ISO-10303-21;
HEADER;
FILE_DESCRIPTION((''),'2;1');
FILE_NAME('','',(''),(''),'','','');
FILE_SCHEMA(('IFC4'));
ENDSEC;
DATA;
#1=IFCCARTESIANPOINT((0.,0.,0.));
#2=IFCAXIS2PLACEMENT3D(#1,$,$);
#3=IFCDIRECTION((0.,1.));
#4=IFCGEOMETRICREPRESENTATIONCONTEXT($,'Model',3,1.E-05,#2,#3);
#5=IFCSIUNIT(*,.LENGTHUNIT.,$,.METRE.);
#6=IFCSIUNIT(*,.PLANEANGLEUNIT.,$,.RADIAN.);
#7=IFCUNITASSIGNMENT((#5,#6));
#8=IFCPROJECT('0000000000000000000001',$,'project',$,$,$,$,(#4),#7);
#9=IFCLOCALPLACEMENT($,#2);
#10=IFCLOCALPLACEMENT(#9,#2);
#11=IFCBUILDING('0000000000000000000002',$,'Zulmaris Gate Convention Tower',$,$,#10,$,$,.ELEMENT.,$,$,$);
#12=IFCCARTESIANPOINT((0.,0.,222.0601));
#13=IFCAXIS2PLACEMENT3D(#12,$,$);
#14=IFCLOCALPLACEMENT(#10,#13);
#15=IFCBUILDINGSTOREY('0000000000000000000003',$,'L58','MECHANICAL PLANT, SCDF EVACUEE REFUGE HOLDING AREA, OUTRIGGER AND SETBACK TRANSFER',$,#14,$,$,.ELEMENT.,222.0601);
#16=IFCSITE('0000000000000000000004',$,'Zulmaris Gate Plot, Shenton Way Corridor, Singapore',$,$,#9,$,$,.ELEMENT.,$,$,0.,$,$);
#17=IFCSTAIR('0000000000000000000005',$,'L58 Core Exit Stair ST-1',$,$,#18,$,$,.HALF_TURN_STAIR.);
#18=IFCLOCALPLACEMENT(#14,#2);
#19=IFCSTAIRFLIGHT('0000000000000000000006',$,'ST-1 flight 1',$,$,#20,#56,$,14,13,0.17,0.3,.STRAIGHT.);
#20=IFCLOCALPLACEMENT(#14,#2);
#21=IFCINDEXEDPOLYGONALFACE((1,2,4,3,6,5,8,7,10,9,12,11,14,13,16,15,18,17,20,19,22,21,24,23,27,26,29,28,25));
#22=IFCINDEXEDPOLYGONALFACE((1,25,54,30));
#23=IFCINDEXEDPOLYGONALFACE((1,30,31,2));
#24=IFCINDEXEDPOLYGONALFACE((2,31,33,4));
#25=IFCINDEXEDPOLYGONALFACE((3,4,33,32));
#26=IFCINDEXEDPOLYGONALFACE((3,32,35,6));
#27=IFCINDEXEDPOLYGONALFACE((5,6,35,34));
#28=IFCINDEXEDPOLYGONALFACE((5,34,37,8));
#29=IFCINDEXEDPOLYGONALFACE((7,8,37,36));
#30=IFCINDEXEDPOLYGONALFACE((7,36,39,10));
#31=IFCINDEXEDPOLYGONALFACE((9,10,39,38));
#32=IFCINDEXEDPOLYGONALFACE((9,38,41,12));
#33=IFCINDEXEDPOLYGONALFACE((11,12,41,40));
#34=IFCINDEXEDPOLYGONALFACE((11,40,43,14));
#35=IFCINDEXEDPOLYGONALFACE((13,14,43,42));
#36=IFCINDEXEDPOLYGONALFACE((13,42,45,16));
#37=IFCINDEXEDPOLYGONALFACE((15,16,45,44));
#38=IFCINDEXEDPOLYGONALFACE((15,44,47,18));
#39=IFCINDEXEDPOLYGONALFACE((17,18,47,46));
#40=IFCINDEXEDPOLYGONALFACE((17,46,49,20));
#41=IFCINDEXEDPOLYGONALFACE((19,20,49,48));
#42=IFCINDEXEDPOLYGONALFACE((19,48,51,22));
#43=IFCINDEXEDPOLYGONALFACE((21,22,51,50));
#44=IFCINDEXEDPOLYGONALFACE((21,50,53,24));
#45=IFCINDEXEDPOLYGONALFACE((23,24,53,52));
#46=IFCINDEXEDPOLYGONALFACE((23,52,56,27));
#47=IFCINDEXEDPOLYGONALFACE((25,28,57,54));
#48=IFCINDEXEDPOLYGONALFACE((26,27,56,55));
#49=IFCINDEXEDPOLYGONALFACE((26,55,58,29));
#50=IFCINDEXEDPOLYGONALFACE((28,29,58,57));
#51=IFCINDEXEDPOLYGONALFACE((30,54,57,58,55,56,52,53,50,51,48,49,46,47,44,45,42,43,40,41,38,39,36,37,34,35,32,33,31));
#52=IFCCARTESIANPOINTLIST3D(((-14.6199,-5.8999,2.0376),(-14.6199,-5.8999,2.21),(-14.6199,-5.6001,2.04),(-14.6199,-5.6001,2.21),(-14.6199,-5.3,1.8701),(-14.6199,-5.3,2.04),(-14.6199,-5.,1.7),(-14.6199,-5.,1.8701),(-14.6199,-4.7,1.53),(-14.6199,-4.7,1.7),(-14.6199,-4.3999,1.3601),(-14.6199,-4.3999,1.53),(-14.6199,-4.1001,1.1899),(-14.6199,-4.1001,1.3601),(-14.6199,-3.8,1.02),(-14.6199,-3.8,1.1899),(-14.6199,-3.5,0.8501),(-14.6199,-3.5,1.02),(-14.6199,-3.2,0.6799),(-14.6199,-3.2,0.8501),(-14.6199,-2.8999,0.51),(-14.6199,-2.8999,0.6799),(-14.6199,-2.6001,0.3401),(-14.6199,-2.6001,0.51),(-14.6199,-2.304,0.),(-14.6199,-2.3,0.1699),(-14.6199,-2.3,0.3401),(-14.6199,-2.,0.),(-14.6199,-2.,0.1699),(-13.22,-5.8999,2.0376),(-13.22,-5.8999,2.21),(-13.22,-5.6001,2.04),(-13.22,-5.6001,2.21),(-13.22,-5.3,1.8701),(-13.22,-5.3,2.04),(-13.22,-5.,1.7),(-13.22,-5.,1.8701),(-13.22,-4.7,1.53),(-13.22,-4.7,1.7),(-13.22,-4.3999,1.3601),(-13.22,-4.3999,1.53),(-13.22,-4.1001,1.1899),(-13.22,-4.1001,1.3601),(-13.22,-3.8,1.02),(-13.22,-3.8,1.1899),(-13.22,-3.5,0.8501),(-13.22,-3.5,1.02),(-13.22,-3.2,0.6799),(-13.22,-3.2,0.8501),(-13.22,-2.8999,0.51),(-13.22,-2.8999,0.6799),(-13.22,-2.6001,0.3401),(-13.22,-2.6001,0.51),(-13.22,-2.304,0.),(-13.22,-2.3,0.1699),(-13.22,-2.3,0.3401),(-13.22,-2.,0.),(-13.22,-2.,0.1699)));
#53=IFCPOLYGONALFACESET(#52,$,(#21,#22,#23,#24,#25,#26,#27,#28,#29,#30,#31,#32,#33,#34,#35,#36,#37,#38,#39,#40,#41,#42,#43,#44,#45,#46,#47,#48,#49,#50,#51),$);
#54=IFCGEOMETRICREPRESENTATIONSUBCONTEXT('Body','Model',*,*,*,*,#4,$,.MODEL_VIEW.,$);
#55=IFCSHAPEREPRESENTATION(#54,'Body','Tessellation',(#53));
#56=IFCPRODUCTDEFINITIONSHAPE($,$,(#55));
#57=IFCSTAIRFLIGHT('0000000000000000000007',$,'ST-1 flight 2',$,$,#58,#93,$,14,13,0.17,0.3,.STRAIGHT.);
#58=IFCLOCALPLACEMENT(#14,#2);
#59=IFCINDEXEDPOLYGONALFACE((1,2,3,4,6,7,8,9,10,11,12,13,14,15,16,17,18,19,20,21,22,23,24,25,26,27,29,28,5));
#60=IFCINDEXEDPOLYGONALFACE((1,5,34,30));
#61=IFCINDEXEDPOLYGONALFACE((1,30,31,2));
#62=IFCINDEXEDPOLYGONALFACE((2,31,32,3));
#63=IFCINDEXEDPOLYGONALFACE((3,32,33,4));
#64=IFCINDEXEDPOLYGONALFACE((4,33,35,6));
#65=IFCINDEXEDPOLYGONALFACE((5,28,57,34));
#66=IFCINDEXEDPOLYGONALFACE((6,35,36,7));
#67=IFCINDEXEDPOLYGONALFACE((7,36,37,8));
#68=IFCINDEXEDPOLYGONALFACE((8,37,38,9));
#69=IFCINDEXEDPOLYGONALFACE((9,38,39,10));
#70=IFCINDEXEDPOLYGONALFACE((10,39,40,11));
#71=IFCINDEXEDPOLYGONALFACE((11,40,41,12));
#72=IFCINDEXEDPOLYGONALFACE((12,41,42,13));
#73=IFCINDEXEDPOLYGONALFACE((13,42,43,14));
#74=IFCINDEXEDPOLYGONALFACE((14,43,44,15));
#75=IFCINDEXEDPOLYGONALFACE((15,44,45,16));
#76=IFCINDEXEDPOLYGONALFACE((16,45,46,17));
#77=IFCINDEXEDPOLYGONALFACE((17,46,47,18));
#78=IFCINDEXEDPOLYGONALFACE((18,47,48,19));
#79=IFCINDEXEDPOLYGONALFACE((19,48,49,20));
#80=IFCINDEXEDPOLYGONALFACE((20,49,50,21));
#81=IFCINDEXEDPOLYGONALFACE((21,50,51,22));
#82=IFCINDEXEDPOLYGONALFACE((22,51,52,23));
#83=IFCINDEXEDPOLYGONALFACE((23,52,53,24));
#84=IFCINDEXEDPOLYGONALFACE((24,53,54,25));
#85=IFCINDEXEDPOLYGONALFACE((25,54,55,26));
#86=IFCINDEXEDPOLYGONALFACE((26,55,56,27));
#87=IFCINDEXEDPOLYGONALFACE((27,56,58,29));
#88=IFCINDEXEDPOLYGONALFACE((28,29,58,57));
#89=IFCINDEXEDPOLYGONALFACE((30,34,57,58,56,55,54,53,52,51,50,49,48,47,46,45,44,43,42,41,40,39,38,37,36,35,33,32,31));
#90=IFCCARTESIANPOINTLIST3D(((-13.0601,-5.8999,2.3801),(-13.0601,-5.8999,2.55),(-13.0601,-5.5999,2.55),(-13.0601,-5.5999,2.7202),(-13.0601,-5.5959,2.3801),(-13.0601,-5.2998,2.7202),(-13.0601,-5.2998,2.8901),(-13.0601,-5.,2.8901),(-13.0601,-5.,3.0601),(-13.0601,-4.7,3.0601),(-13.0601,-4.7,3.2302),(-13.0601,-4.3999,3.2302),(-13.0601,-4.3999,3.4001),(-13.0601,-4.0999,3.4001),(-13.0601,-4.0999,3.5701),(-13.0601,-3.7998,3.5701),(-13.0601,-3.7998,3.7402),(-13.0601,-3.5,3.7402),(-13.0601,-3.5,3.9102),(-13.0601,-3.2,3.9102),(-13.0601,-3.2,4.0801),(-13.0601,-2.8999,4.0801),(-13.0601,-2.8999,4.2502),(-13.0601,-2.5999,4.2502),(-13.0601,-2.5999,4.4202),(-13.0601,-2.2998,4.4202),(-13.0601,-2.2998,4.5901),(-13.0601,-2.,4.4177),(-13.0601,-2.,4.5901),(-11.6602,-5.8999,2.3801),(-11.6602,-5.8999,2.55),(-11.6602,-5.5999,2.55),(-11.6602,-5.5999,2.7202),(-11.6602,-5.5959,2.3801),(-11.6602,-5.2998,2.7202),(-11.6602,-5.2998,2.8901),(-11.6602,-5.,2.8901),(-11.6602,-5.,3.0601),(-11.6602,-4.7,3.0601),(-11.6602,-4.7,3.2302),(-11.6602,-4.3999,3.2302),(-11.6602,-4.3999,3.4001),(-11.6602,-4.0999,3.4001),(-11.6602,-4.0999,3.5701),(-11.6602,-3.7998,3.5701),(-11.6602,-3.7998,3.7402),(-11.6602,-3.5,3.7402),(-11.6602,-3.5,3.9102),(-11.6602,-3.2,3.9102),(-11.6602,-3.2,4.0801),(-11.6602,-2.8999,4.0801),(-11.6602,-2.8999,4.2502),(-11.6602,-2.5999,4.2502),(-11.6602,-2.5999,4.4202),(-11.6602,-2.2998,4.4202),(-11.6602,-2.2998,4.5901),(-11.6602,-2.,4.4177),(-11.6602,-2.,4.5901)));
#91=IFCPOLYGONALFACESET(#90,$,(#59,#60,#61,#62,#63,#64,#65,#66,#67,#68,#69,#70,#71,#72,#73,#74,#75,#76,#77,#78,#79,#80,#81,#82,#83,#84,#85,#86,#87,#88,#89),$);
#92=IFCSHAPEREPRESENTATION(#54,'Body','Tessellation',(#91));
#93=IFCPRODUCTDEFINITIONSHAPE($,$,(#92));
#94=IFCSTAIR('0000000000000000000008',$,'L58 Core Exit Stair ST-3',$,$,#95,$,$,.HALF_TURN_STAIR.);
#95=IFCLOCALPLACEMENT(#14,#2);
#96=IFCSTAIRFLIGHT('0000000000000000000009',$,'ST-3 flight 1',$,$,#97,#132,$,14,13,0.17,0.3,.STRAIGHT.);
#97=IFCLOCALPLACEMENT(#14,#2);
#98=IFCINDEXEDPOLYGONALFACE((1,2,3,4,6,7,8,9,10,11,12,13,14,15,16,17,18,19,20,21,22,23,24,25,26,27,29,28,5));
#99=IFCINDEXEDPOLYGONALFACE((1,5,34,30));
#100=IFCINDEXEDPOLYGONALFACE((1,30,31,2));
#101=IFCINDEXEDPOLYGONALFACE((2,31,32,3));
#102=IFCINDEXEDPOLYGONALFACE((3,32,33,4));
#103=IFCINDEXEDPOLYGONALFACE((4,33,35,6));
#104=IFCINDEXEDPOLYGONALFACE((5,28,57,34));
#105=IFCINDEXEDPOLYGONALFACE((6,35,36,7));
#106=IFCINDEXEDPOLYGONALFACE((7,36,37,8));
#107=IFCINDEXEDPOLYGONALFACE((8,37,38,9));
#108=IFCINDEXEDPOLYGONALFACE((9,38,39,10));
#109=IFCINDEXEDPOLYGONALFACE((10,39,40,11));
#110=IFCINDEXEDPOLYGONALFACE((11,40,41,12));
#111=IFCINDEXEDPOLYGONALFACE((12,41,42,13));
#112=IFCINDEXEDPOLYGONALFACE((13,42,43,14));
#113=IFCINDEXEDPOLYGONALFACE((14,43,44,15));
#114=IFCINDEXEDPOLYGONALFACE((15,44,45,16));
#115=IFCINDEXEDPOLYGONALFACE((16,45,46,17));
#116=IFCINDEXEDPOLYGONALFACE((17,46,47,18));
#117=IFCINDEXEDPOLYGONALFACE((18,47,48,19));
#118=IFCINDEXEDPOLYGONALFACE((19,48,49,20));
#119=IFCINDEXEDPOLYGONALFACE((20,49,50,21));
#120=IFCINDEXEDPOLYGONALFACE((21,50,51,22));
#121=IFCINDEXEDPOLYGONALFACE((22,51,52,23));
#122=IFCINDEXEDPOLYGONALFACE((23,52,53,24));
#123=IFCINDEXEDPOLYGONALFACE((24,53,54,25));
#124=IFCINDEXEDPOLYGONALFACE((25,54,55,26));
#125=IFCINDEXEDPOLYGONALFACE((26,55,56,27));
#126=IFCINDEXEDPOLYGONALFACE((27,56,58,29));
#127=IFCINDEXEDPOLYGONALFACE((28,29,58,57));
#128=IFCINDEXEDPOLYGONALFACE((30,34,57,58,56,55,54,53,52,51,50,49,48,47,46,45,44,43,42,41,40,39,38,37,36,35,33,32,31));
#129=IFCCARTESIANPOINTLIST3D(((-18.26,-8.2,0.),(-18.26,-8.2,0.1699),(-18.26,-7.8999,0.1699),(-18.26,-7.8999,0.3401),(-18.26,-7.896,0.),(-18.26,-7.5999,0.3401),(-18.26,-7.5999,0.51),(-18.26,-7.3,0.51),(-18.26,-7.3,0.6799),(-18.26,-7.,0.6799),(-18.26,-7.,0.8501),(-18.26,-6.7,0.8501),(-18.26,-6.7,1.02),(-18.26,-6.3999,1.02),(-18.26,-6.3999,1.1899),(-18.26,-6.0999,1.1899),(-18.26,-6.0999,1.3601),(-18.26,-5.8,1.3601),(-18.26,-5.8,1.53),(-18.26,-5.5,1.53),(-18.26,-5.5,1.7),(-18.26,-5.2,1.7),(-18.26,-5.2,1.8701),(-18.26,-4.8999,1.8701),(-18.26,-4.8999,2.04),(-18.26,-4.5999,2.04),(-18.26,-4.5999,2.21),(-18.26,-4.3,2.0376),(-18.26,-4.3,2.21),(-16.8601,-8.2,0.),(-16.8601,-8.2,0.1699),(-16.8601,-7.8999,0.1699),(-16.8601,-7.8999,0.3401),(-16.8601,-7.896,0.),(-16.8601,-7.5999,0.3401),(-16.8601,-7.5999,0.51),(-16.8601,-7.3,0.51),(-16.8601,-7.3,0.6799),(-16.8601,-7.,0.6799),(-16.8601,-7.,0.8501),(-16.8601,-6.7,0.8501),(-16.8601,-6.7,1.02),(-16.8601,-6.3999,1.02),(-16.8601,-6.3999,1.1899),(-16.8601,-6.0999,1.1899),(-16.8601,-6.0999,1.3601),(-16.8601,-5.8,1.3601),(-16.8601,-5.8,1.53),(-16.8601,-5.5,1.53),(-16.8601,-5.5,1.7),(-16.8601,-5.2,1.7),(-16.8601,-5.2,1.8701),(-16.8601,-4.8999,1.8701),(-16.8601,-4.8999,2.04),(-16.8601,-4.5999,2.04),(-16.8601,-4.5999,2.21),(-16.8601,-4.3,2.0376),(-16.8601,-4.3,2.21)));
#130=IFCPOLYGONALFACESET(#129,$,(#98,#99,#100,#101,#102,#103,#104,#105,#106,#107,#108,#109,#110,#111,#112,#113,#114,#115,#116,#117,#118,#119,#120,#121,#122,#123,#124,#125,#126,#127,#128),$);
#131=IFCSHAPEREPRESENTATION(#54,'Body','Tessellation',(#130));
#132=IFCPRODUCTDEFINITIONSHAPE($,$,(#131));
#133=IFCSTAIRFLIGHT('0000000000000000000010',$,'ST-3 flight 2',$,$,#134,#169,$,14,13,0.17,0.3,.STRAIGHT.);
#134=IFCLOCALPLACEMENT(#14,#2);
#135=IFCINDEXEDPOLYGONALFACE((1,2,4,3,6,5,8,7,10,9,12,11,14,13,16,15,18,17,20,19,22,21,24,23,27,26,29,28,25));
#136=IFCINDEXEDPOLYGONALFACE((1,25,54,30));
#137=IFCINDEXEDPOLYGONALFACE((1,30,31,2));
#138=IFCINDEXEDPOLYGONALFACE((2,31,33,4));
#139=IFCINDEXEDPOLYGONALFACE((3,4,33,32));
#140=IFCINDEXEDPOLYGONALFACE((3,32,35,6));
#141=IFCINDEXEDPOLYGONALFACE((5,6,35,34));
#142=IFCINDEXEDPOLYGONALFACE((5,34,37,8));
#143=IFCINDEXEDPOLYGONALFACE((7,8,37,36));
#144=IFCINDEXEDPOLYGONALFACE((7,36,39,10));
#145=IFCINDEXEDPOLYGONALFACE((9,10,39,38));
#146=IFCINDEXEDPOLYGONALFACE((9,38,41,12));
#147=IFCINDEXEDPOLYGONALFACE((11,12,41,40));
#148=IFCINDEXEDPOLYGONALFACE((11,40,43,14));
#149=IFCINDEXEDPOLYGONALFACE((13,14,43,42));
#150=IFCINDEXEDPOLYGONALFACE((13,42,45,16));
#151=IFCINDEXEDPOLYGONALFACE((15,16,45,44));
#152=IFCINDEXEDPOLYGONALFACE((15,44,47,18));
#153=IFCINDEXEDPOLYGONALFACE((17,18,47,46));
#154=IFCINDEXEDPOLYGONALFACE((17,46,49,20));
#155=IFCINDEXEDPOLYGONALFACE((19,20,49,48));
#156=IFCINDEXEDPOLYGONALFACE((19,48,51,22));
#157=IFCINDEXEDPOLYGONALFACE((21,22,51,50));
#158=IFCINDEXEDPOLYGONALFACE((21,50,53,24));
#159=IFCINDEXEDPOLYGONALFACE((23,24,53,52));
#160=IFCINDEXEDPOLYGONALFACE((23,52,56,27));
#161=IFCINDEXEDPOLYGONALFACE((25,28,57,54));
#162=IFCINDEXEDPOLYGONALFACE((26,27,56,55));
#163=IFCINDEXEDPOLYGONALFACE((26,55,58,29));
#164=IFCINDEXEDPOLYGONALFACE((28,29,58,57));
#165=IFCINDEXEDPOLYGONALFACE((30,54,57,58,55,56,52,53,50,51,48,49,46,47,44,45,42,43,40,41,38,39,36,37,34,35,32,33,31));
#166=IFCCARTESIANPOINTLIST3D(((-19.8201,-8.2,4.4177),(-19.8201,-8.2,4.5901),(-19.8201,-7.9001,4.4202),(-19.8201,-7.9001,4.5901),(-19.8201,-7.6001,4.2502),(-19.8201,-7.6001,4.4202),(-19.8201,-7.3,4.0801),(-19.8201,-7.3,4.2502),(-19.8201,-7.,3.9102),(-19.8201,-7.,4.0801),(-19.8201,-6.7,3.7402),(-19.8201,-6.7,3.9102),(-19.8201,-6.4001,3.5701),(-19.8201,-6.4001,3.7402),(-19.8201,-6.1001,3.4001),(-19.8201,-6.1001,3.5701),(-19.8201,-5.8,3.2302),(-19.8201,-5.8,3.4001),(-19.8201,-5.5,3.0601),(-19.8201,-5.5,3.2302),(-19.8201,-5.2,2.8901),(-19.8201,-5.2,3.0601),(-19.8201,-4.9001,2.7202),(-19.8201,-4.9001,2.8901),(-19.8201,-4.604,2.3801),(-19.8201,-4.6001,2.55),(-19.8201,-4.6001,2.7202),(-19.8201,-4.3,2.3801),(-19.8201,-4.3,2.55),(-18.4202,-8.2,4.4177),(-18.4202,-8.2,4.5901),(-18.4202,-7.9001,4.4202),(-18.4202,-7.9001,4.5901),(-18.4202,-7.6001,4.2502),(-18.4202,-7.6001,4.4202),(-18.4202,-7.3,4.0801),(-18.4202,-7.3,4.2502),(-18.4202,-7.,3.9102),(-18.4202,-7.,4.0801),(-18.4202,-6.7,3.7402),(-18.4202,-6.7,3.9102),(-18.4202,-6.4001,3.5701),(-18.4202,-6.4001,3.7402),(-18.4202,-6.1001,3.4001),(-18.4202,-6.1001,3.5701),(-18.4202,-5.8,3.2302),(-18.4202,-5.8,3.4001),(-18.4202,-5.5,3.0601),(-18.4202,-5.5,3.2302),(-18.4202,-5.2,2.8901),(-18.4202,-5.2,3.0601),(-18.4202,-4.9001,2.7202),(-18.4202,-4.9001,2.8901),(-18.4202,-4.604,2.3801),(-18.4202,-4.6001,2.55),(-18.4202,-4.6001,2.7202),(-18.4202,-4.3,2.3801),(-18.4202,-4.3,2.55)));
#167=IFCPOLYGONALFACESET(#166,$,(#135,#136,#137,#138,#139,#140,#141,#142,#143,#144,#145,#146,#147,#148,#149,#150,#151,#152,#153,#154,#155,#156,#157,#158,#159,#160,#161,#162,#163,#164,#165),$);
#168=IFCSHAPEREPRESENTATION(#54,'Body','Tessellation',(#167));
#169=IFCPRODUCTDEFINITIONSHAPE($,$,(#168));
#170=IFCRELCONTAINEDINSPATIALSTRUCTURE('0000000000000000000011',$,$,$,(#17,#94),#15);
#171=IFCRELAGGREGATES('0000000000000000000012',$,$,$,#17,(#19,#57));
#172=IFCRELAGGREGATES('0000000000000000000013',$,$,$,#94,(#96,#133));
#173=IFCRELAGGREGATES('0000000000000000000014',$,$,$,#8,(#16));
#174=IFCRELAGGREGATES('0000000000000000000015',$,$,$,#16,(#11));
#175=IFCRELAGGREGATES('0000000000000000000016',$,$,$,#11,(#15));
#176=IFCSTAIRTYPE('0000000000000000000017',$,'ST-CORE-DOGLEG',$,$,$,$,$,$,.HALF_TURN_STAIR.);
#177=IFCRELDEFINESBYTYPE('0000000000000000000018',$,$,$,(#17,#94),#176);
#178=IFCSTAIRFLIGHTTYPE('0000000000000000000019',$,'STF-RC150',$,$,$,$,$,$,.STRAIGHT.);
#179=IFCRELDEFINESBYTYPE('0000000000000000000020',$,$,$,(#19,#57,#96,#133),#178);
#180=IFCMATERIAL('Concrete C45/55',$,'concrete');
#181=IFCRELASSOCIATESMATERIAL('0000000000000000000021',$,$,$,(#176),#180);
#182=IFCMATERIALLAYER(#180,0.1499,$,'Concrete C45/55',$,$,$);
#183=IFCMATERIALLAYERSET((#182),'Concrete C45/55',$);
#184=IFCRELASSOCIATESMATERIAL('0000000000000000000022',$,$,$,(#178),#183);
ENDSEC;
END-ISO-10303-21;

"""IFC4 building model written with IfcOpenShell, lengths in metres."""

from ifc_helpers import new_model, si_unit, direction, frame, origin, place, context, subcontext, project, spatial, polyline, outline, extrude, material, layer, layer_set, type_object, element, aggregate, save


model = new_model("IFC4")

# Units and contexts
model_context = context("Model", 3, precision=1e-05, world=origin(), true_north=direction((0.0, 1.0)))
body_context = subcontext(model_context, "Body", "Model", "MODEL_VIEW")
ifc_project = project(units=[si_unit("LENGTHUNIT", "METRE"), si_unit("PLANEANGLEUNIT", "RADIAN")], contexts=[model_context])

# Site, building, storey
site_placement = place(None, origin())
site = spatial("IfcSite", under=ifc_project, at=site_placement, Name="Zulmaris Gate Plot, Shenton Way Corridor, Singapore", CompositionType="ELEMENT", RefElevation=0.0)
building_placement = place(site_placement, origin())
building = spatial("IfcBuilding", under=site, at=building_placement, Name="Zulmaris Gate Convention Tower", CompositionType="ELEMENT")
storey_placement = place(building_placement, frame((0.0, 0.0, 222.0601)))
storey = spatial("IfcBuildingStorey", under=building, at=storey_placement, Name="L58", Description="MECHANICAL PLANT, SCDF EVACUEE REFUGE HOLDING AREA, OUTRIGGER AND SETBACK TRANSFER", CompositionType="ELEMENT", Elevation=222.0601)

# Stairs, stair flights
ifc_material_1 = material(Name="Concrete C45/55", Category="concrete")
stair_type = type_object("IfcStairType", Name="ST-CORE-DOGLEG", PredefinedType="HALF_TURN_STAIR", material=ifc_material_1)
stair_1_placement = place(storey_placement, origin())
stair_1 = element("IfcStair", 1, at=stair_1_placement, inside=storey, type_object=stair_type, Name="L58 Core Exit Stair ST-1", PredefinedType="HALF_TURN_STAIR")
ifc_layer_1 = layer(ifc_material_1, 0.1499, Name="Concrete C45/55")
ifc_layer_set_1 = layer_set([ifc_layer_1], Name="Concrete C45/55")
stair_flight_type = type_object("IfcStairFlightType", Name="STF-RC150", PredefinedType="STRAIGHT", material=ifc_layer_set_1)
stair_flight_1_placement = place(storey_placement, frame((-13.9199, -2.0, 0.0), z_axis=(0.0, 0.0, 1.0), x_axis=(0.0, -1.0, 0.0)))
stair_flight_1 = element("IfcStairFlight", 2, at=stair_flight_1_placement, type_object=stair_flight_type, Name="ST-1 flight 1", NumberOfRisers=14, NumberOfTreads=13, PredefinedType="STRAIGHT", RiserHeight=0.17, TreadLength=0.3, context=body_context, shape_type="SweptSolid", body=[
    extrude(outline(polyline([(0.0, 0.0), (0.0, 0.1699), (0.3, 0.1699), (0.3, 0.3401), (0.6001, 0.3401), (0.6001, 0.51), (0.8999, 0.51), (0.8999, 0.6799), (1.2, 0.6799), (1.2, 0.8501), (1.5, 0.8501), (1.5, 1.02), (1.8, 1.02), (1.8, 1.1899), (2.1001, 1.1899), (2.1001, 1.3601), (2.3999, 1.3601), (2.3999, 1.53), (2.7, 1.53), (2.7, 1.7), (3.0, 1.7), (3.0, 1.8701), (3.3, 1.8701), (3.3, 2.04), (3.6001, 2.04), (3.6001, 2.21), (3.8999, 2.21), (3.8999, 2.3799), (3.8999, 2.0376), (0.304, 0.0), (0.0, 0.0)])), frame((0.0, 0.7, 0.0), z_axis=(0.0, -1.0, 0.0), x_axis=(1.0, 0.0, 0.0)), (0.0, 0.0, 1.0), 1.3999),
])
stair_flight_2_placement = place(storey_placement, frame((-12.3601, -5.8999, 2.3801), z_axis=(0.0, 0.0, 1.0), x_axis=(0.0, 1.0, 0.0)))
stair_flight_2 = element("IfcStairFlight", 3, at=stair_flight_2_placement, type_object=stair_flight_type, Name="ST-1 flight 2", NumberOfRisers=14, NumberOfTreads=13, PredefinedType="STRAIGHT", RiserHeight=0.17, TreadLength=0.3, context=body_context, shape_type="SweptSolid", body=[
    extrude(outline(polyline([(0.0, 0.0), (0.0, 0.1699), (0.3, 0.1699), (0.3, 0.3401), (0.6001, 0.3401), (0.6001, 0.51), (0.8999, 0.51), (0.8999, 0.6799), (1.2, 0.6799), (1.2, 0.8501), (1.5, 0.8501), (1.5, 1.02), (1.8, 1.02), (1.8, 1.1899), (2.1001, 1.1899), (2.1001, 1.3601), (2.3999, 1.3601), (2.3999, 1.53), (2.7, 1.53), (2.7, 1.7), (3.0, 1.7), (3.0, 1.8701), (3.3, 1.8701), (3.3, 2.04), (3.6001, 2.04), (3.6001, 2.21), (3.8999, 2.21), (3.8999, 2.3799), (3.8999, 2.0376), (0.304, 0.0), (0.0, 0.0)])), frame((0.0, 0.7, 0.0), z_axis=(0.0, -1.0, 0.0), x_axis=(1.0, 0.0, 0.0)), (0.0, 0.0, 1.0), 1.3999),
])
aggregate(stair_1, [stair_flight_1, stair_flight_2])
stair_2_placement = place(storey_placement, origin())
stair_2 = element("IfcStair", 4, at=stair_2_placement, inside=storey, type_object=stair_type, Name="L58 Core Exit Stair ST-3", PredefinedType="HALF_TURN_STAIR")
stair_flight_3_placement = place(storey_placement, frame((-17.5601, -8.2, 0.0), z_axis=(0.0, 0.0, 1.0), x_axis=(0.0, 1.0, 0.0)))
stair_flight_3 = element("IfcStairFlight", 5, at=stair_flight_3_placement, type_object=stair_flight_type, Name="ST-3 flight 1", NumberOfRisers=14, NumberOfTreads=13, PredefinedType="STRAIGHT", RiserHeight=0.17, TreadLength=0.3, context=body_context, shape_type="SweptSolid", body=[
    extrude(outline(polyline([(0.0, 0.0), (0.0, 0.1699), (0.3, 0.1699), (0.3, 0.3401), (0.6001, 0.3401), (0.6001, 0.51), (0.8999, 0.51), (0.8999, 0.6799), (1.2, 0.6799), (1.2, 0.8501), (1.5, 0.8501), (1.5, 1.02), (1.8, 1.02), (1.8, 1.1899), (2.1001, 1.1899), (2.1001, 1.3601), (2.3999, 1.3601), (2.3999, 1.53), (2.7, 1.53), (2.7, 1.7), (3.0, 1.7), (3.0, 1.8701), (3.3, 1.8701), (3.3, 2.04), (3.6001, 2.04), (3.6001, 2.21), (3.8999, 2.21), (3.8999, 2.3799), (3.8999, 2.0376), (0.304, 0.0), (0.0, 0.0)])), frame((0.0, 0.7, 0.0), z_axis=(0.0, -1.0, 0.0), x_axis=(1.0, 0.0, 0.0)), (0.0, 0.0, 1.0), 1.3999),
])
stair_flight_4_placement = place(storey_placement, frame((-19.1201, -4.3, 2.3801), z_axis=(0.0, 0.0, 1.0), x_axis=(0.0, -1.0, 0.0)))
stair_flight_4 = element("IfcStairFlight", 6, at=stair_flight_4_placement, type_object=stair_flight_type, Name="ST-3 flight 2", NumberOfRisers=14, NumberOfTreads=13, PredefinedType="STRAIGHT", RiserHeight=0.17, TreadLength=0.3, context=body_context, shape_type="SweptSolid", body=[
    extrude(outline(polyline([(0.0, 0.0), (0.0, 0.1699), (0.3, 0.1699), (0.3, 0.3401), (0.6001, 0.3401), (0.6001, 0.51), (0.8999, 0.51), (0.8999, 0.6799), (1.2, 0.6799), (1.2, 0.8501), (1.5, 0.8501), (1.5, 1.02), (1.8, 1.02), (1.8, 1.1899), (2.1001, 1.1899), (2.1001, 1.3601), (2.3999, 1.3601), (2.3999, 1.53), (2.7, 1.53), (2.7, 1.7), (3.0, 1.7), (3.0, 1.8701), (3.3, 1.8701), (3.3, 2.04), (3.6001, 2.04), (3.6001, 2.21), (3.8999, 2.21), (3.8999, 2.3799), (3.8999, 2.0376), (0.304, 0.0), (0.0, 0.0)])), frame((0.0, 0.7, 0.0), z_axis=(0.0, -1.0, 0.0), x_axis=(1.0, 0.0, 0.0)), (0.0, 0.0, 1.0), 1.3999),
])
aggregate(stair_2, [stair_flight_3, stair_flight_4])

save(model, "model.ifc")
